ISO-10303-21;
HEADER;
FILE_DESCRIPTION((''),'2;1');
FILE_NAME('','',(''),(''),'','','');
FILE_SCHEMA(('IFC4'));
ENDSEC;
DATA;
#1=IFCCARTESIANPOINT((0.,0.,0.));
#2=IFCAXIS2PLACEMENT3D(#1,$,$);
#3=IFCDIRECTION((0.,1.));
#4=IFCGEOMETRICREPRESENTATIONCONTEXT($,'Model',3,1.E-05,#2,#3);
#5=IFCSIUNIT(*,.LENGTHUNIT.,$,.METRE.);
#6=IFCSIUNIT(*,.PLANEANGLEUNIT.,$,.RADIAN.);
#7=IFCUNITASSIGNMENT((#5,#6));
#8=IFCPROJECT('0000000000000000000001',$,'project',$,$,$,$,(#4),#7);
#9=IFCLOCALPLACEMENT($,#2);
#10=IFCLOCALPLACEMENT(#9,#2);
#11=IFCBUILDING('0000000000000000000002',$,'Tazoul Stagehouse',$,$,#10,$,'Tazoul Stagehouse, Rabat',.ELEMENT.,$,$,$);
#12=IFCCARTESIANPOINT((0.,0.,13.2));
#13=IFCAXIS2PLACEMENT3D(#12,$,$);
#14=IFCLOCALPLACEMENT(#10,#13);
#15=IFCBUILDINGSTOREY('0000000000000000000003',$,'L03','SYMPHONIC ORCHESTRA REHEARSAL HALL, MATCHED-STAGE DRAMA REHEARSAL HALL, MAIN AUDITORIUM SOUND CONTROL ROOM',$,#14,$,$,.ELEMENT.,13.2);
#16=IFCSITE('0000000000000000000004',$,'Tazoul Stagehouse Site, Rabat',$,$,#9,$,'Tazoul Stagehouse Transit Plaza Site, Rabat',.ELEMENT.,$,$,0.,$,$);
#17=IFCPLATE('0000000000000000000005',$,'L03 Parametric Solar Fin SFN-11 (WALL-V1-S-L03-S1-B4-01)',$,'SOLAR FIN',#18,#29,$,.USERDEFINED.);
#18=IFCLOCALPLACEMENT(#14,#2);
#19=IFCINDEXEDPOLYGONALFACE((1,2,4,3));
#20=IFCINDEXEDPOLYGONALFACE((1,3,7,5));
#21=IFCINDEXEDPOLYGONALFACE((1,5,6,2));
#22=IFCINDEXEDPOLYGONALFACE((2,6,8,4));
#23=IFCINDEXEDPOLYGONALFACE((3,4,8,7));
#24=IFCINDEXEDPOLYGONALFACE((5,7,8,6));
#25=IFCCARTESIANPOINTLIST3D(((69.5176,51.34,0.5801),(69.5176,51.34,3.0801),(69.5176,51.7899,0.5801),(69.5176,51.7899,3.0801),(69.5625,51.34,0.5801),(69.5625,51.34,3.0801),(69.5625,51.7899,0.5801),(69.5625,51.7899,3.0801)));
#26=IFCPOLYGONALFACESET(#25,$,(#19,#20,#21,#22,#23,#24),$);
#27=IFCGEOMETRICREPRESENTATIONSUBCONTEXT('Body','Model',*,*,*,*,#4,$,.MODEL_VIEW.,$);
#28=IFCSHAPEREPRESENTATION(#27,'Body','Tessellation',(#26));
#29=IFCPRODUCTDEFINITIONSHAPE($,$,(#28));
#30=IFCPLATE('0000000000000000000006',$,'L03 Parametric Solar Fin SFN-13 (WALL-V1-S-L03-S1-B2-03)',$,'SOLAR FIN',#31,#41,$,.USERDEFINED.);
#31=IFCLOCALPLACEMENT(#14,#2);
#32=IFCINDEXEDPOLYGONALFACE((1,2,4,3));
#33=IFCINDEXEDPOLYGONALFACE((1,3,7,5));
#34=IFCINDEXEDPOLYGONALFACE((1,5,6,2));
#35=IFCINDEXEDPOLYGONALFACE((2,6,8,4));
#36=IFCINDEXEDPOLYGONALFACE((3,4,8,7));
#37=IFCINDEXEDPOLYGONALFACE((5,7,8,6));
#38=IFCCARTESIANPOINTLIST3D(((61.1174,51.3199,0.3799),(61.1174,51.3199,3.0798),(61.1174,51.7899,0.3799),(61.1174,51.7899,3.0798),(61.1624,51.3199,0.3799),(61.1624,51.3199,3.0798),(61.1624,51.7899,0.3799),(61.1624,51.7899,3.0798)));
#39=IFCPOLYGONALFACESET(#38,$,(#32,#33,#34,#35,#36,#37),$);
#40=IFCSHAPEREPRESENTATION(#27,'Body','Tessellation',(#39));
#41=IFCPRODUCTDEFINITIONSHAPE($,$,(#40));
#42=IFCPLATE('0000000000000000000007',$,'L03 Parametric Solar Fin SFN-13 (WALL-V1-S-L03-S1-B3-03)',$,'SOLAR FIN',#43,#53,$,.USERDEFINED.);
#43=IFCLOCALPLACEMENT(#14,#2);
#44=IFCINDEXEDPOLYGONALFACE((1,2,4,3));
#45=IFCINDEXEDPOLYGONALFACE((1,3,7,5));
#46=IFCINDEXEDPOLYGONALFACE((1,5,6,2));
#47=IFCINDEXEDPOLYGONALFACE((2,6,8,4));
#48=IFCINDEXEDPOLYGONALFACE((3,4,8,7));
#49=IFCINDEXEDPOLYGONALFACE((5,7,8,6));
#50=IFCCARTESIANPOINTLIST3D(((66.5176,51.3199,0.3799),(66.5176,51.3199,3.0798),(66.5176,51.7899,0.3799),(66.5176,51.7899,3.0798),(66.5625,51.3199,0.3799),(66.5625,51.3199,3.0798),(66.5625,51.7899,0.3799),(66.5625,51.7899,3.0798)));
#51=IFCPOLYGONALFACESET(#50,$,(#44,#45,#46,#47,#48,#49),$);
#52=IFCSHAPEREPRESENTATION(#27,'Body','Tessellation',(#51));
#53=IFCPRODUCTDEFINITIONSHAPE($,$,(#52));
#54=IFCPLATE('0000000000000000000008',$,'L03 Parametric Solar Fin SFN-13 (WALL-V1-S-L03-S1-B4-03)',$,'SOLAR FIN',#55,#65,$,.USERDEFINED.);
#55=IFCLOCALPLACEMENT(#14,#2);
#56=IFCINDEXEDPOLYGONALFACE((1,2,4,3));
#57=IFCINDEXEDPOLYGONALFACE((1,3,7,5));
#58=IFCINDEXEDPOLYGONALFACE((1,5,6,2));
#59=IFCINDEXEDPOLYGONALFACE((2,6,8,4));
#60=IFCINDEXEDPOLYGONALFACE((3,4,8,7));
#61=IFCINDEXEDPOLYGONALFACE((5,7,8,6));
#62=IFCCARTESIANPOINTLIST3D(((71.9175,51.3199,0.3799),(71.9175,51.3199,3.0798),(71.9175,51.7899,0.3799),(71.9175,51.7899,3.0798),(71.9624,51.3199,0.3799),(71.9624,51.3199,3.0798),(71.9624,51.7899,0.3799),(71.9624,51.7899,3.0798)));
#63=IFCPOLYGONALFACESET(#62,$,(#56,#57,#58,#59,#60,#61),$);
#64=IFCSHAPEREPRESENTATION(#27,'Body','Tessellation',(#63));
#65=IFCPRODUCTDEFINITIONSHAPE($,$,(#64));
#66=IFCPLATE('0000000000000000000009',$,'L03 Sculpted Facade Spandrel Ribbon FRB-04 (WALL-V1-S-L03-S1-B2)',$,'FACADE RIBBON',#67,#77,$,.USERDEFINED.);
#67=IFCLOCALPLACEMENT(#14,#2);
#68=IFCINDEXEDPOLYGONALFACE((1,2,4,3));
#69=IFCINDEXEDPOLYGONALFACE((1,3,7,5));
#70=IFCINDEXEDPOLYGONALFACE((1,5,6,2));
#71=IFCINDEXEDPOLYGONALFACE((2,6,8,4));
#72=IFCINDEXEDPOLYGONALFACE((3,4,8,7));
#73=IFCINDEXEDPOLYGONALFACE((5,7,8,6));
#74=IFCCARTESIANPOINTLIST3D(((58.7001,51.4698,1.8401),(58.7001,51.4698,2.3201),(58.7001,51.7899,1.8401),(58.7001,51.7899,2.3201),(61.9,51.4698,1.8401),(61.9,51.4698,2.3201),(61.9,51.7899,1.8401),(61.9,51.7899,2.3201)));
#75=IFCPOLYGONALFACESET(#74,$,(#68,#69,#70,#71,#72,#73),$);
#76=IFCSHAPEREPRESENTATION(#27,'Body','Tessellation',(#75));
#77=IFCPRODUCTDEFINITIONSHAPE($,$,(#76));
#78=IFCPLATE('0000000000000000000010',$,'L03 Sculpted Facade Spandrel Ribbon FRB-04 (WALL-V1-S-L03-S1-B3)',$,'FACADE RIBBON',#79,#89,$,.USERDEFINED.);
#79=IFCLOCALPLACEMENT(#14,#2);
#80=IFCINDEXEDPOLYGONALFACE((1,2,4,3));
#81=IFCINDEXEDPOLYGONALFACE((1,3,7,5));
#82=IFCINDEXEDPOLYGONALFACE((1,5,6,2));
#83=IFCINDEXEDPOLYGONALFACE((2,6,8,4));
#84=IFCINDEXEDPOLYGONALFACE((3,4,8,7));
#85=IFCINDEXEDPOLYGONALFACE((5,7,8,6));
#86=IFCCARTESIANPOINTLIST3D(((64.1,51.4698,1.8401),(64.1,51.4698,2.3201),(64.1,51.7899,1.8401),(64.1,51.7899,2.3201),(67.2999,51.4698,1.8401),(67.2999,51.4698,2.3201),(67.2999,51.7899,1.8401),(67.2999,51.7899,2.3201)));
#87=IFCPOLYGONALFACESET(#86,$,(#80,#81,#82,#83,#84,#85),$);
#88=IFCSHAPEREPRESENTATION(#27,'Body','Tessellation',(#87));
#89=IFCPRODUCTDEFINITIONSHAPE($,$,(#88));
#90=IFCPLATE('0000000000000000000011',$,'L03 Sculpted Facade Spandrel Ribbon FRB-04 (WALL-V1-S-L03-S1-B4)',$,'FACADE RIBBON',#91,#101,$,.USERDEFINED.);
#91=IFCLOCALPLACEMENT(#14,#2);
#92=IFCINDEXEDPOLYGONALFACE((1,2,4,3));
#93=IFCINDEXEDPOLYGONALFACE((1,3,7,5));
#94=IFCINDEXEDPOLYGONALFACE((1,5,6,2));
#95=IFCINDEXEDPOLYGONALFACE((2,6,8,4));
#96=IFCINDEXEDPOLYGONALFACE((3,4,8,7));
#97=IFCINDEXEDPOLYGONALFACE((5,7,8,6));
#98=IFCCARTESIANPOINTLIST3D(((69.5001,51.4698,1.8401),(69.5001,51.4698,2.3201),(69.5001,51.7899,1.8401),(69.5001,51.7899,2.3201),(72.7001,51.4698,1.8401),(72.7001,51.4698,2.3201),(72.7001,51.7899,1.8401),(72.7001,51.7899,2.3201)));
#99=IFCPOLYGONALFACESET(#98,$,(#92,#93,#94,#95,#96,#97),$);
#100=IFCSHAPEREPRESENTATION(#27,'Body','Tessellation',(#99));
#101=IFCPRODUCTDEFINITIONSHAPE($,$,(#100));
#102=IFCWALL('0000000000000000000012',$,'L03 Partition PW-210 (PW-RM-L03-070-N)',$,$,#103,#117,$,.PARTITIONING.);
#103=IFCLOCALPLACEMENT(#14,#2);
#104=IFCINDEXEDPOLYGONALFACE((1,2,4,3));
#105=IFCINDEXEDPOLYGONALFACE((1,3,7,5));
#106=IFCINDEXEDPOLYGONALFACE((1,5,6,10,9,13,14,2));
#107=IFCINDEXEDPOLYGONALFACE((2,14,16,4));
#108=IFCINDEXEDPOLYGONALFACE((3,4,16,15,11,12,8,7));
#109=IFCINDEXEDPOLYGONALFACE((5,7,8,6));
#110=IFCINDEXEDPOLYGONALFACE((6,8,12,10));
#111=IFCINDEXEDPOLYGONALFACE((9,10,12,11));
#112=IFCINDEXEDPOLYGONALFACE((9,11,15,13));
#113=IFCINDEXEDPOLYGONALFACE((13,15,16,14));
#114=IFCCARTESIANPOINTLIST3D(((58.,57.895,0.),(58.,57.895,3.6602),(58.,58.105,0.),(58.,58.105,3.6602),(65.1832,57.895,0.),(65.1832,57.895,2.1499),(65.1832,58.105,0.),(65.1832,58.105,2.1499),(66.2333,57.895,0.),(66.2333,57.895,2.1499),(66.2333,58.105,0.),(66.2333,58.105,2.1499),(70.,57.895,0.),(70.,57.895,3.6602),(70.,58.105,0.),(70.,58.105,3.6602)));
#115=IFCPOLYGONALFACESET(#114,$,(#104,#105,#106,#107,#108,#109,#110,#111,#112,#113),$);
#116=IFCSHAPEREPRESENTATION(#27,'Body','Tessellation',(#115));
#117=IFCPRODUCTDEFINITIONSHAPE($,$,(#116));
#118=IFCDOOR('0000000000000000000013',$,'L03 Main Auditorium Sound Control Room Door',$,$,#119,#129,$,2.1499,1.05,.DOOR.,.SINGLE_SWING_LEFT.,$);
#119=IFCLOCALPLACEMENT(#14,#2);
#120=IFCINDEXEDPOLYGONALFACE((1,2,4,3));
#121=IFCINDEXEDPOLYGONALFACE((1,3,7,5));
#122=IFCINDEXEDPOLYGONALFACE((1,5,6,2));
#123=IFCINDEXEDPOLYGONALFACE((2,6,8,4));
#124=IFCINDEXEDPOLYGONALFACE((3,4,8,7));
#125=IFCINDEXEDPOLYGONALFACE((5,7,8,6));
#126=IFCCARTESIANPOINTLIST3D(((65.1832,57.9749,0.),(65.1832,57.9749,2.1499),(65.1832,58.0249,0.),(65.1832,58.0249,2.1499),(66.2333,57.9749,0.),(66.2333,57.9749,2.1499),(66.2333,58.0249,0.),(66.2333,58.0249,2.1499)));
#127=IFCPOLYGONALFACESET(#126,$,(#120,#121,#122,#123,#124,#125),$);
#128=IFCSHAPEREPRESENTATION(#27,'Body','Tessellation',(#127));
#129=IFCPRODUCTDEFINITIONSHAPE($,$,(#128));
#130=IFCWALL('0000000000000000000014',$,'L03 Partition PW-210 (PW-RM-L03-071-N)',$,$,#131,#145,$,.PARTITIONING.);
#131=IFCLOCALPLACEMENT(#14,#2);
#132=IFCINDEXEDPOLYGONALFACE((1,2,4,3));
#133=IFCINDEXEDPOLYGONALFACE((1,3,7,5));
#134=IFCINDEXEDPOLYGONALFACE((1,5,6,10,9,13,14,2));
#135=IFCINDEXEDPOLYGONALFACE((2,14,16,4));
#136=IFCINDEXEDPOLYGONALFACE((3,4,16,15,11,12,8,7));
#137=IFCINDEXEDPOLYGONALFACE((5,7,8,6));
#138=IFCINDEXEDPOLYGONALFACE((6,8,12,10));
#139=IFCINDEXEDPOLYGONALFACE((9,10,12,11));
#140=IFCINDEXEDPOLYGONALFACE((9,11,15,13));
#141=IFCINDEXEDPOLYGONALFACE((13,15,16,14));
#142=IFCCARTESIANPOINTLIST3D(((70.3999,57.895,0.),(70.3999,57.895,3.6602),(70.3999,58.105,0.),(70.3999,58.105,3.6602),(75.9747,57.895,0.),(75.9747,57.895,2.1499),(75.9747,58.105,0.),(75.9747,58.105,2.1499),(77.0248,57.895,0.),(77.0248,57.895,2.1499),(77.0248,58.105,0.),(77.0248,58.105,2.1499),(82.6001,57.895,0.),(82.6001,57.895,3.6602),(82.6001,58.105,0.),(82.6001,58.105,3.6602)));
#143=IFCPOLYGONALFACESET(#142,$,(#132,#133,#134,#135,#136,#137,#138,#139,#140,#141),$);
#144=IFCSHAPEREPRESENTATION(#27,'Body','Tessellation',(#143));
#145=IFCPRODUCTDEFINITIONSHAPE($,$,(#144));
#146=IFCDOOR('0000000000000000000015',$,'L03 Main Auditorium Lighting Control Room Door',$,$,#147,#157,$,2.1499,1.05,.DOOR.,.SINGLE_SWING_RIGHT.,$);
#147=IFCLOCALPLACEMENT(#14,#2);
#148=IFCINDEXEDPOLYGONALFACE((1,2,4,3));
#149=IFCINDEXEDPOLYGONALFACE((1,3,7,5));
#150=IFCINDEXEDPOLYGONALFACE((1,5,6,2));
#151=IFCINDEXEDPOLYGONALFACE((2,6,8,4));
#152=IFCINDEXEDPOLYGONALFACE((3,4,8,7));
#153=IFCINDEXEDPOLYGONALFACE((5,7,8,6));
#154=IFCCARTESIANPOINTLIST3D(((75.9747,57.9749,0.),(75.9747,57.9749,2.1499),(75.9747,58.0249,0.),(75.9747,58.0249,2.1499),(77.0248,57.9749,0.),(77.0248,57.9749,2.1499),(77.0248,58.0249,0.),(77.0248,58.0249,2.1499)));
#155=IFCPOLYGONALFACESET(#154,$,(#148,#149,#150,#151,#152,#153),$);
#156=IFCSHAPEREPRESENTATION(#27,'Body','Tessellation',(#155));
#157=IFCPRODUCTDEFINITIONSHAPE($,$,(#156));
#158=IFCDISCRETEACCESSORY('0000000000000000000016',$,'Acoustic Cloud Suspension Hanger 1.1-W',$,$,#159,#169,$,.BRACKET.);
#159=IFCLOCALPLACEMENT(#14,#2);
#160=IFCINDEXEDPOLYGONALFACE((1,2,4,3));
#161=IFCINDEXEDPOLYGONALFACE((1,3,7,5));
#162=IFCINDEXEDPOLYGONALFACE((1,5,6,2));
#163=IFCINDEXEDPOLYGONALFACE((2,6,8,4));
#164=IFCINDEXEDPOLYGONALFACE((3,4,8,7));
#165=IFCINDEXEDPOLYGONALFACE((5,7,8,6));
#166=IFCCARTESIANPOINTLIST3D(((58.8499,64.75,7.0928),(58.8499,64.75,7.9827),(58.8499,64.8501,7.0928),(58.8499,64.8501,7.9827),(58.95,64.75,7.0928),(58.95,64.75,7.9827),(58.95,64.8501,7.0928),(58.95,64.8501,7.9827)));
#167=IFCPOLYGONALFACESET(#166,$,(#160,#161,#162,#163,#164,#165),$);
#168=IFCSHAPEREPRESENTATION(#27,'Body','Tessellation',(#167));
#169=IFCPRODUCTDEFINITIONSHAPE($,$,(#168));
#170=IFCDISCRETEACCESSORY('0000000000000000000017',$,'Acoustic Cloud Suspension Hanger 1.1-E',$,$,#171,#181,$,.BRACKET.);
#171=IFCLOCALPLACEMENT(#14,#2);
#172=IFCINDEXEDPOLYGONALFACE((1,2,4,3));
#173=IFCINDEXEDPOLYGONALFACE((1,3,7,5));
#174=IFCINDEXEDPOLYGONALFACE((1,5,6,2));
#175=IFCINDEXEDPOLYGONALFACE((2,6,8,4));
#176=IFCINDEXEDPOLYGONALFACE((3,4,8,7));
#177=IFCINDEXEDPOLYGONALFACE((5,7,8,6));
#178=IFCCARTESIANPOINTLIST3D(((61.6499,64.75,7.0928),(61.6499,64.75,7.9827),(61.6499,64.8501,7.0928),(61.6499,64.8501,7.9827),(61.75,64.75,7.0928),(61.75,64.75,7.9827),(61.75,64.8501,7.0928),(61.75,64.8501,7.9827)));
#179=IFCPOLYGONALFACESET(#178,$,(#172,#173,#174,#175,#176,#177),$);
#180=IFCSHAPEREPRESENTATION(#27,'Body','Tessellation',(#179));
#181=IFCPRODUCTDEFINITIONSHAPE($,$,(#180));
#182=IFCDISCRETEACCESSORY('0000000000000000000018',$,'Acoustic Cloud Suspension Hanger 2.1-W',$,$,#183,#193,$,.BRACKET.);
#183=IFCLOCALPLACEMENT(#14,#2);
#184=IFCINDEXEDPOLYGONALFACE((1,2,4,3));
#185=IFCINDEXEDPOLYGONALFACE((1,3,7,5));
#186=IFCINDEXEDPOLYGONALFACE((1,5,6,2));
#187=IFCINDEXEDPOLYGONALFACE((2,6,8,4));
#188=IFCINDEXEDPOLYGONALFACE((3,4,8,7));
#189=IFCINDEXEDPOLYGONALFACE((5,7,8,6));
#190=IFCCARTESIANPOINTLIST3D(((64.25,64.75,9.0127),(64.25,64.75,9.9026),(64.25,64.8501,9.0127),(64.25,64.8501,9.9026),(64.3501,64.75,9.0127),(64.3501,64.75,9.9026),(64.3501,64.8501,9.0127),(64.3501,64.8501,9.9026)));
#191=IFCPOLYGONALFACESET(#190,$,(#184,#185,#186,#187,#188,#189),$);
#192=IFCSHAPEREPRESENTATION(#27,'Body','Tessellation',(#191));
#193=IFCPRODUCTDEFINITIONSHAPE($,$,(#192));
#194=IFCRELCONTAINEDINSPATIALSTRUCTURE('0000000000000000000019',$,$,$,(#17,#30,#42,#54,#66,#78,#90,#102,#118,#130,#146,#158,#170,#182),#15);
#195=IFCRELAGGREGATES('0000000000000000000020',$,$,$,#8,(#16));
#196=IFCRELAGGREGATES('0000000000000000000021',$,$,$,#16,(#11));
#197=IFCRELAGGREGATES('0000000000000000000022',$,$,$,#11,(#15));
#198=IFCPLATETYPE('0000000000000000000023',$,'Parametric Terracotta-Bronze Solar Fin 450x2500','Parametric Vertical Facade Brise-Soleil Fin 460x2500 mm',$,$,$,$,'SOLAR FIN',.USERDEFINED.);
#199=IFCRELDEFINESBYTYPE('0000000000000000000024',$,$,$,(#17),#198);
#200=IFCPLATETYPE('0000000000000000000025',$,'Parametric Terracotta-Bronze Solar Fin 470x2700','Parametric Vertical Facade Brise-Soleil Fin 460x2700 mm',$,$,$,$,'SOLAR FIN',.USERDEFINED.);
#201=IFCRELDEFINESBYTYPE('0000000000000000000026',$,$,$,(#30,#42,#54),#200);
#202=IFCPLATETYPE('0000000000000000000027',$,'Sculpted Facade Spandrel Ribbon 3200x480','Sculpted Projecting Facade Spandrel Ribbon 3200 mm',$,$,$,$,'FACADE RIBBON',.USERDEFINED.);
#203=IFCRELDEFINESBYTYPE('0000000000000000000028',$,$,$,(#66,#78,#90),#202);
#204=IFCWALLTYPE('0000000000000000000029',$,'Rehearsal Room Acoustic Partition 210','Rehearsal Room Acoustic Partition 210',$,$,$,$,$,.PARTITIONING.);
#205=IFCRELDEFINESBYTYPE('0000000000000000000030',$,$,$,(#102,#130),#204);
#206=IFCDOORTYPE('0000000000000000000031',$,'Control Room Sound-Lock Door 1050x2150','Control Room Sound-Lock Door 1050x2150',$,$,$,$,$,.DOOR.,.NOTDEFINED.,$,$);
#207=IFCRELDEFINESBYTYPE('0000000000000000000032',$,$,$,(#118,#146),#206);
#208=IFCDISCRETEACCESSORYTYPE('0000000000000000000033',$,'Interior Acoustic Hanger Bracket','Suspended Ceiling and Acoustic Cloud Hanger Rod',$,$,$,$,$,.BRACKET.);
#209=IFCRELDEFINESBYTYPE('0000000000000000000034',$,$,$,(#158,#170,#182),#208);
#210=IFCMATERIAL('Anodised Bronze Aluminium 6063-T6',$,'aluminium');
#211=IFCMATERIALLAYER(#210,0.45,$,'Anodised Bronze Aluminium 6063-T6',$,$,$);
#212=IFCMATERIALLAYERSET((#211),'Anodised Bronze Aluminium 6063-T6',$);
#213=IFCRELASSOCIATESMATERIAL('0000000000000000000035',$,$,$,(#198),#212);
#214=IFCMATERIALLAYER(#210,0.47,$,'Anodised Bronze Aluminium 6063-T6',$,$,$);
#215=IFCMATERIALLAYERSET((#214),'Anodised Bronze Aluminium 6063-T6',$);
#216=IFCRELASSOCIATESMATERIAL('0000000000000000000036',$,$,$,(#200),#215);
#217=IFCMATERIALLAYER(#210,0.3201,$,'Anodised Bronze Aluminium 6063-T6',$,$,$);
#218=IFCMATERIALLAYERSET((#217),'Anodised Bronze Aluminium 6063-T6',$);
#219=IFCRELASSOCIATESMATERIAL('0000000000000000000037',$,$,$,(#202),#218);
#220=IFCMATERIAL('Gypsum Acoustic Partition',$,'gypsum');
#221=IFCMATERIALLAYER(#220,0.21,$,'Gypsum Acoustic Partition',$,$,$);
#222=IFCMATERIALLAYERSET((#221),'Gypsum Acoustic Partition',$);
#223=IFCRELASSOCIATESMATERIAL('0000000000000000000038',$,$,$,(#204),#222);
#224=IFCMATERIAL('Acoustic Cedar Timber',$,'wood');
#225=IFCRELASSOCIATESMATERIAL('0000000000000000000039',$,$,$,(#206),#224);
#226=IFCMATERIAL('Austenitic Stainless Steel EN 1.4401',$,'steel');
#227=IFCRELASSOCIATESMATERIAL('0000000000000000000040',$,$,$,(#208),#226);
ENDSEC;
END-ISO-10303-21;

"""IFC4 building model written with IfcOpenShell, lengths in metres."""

from ifc_helpers import new_model, si_unit, direction, frame, frame_2d, origin, origin_2d, place, context, subcontext, project, spatial, rectangle, extrude, material, layer, layer_set, type_object, element, fill, save


model = new_model("IFC4")

# Units and contexts
model_context = context("Model", 3, precision=1e-05, world=origin(), true_north=direction((0.0, 1.0)))
body_context = subcontext(model_context, "Body", "Model", "MODEL_VIEW")
ifc_project = project(units=[si_unit("LENGTHUNIT", "METRE"), si_unit("PLANEANGLEUNIT", "RADIAN")], contexts=[model_context])

# Site, building, storey
site_placement = place(None, origin())
site = spatial("IfcSite", under=ifc_project, at=site_placement, Name="Tazoul Stagehouse Site, Rabat", LongName="Tazoul Stagehouse Transit Plaza Site, Rabat", CompositionType="ELEMENT", RefElevation=0.0)
building_placement = place(site_placement, origin())
building = spatial("IfcBuilding", under=site, at=building_placement, Name="Tazoul Stagehouse", LongName="Tazoul Stagehouse, Rabat", CompositionType="ELEMENT")
storey_placement = place(building_placement, frame((0.0, 0.0, 13.2)))
storey = spatial("IfcBuildingStorey", under=building, at=storey_placement, Name="L03", Description="SYMPHONIC ORCHESTRA REHEARSAL HALL, MATCHED-STAGE DRAMA REHEARSAL HALL, MAIN AUDITORIUM SOUND CONTROL ROOM", CompositionType="ELEMENT", Elevation=13.2)

# Plates
ifc_material_1 = material(Name="Acoustic Cedar Timber", Category="wood")
ifc_material_2 = material(Name="Anodised Bronze Aluminium 6063-T6", Category="aluminium")
ifc_layer_1 = layer(ifc_material_2, 0.45, Name="Anodised Bronze Aluminium 6063-T6")
ifc_layer_set_1 = layer_set([ifc_layer_1], Name="Anodised Bronze Aluminium 6063-T6")
plate_type_1 = type_object("IfcPlateType", Name="Parametric Terracotta-Bronze Solar Fin 450x2500", Description="Parametric Vertical Facade Brise-Soleil Fin 460x2500 mm", ElementType="SOLAR FIN", PredefinedType="USERDEFINED", material=ifc_layer_set_1)
for number, where, z_axis, x_axis, name in (
    (1, (69.54, 51.5649, 0.5801), (0.0, 0.0, 1.0), (1.0, 0.0, 0.0), "L03 Parametric Solar Fin SFN-11 (WALL-V1-S-L03-S1-B4-01)"),
):
    element("IfcPlate", number, at=place(storey_placement, frame(where, z_axis=z_axis, x_axis=x_axis)), inside=storey, type_object=plate_type_1, Name=name, ObjectType="SOLAR FIN", PredefinedType="USERDEFINED", context=body_context, shape_type="SweptSolid", body=[
        extrude(rectangle(XDim=0.0449, YDim=0.45, at=origin_2d()), origin(), (0.0, 0.0, 1.0), 2.5),
    ])
ifc_layer_2 = layer(ifc_material_2, 0.47, Name="Anodised Bronze Aluminium 6063-T6")
ifc_layer_set_2 = layer_set([ifc_layer_2], Name="Anodised Bronze Aluminium 6063-T6")
plate_type_2 = type_object("IfcPlateType", Name="Parametric Terracotta-Bronze Solar Fin 470x2700", Description="Parametric Vertical Facade Brise-Soleil Fin 460x2700 mm", ElementType="SOLAR FIN", PredefinedType="USERDEFINED", material=ifc_layer_set_2)
for number, where, z_axis, x_axis, name in (
    (2, (61.1399, 51.5549, 0.3799), (0.0, 0.0, 1.0), (1.0, 0.0, 0.0), "L03 Parametric Solar Fin SFN-13 (WALL-V1-S-L03-S1-B2-03)"),
    (3, (66.54, 51.5549, 0.3799), (0.0, 0.0, 1.0), (1.0, 0.0, 0.0), "L03 Parametric Solar Fin SFN-13 (WALL-V1-S-L03-S1-B3-03)"),
    (4, (71.9399, 51.5549, 0.3799), (0.0, 0.0, 1.0), (1.0, 0.0, 0.0), "L03 Parametric Solar Fin SFN-13 (WALL-V1-S-L03-S1-B4-03)"),
):
    element("IfcPlate", number, at=place(storey_placement, frame(where, z_axis=z_axis, x_axis=x_axis)), inside=storey, type_object=plate_type_2, Name=name, ObjectType="SOLAR FIN", PredefinedType="USERDEFINED", context=body_context, shape_type="SweptSolid", body=[
        extrude(rectangle(XDim=0.0449, YDim=0.47, at=origin_2d()), origin(), (0.0, 0.0, 1.0), 2.7),
    ])
ifc_layer_3 = layer(ifc_material_2, 0.3201, Name="Anodised Bronze Aluminium 6063-T6")
ifc_layer_set_3 = layer_set([ifc_layer_3], Name="Anodised Bronze Aluminium 6063-T6")
plate_type_3 = type_object("IfcPlateType", Name="Sculpted Facade Spandrel Ribbon 3200x480", Description="Sculpted Projecting Facade Spandrel Ribbon 3200 mm", ElementType="FACADE RIBBON", PredefinedType="USERDEFINED", material=ifc_layer_set_3)
for number, where, z_axis, x_axis, name in (
    (5, (60.3, 51.6299, 1.8401), (0.0, 0.0, 1.0), (1.0, 0.0, 0.0), "L03 Sculpted Facade Spandrel Ribbon FRB-04 (WALL-V1-S-L03-S1-B2)"),
    (6, (65.7, 51.6299, 1.8401), (0.0, 0.0, 1.0), (1.0, 0.0, 0.0), "L03 Sculpted Facade Spandrel Ribbon FRB-04 (WALL-V1-S-L03-S1-B3)"),
    (7, (71.1001, 51.6299, 1.8401), (0.0, 0.0, 1.0), (1.0, 0.0, 0.0), "L03 Sculpted Facade Spandrel Ribbon FRB-04 (WALL-V1-S-L03-S1-B4)"),
):
    element("IfcPlate", number, at=place(storey_placement, frame(where, z_axis=z_axis, x_axis=x_axis)), inside=storey, type_object=plate_type_3, Name=name, ObjectType="FACADE RIBBON", PredefinedType="USERDEFINED", context=body_context, shape_type="SweptSolid", body=[
        extrude(rectangle(XDim=3.2, YDim=0.3201, at=origin_2d()), origin(), (0.0, 0.0, 1.0), 0.48),
    ])

# Walls, openings, doors
ifc_material_3 = material(Name="Gypsum Acoustic Partition", Category="gypsum")
ifc_layer_4 = layer(ifc_material_3, 0.21, Name="Gypsum Acoustic Partition")
ifc_layer_set_4 = layer_set([ifc_layer_4], Name="Gypsum Acoustic Partition")
wall_type = type_object("IfcWallType", Name="Rehearsal Room Acoustic Partition 210", Description="Rehearsal Room Acoustic Partition 210", PredefinedType="PARTITIONING", material=ifc_layer_set_4)
wall_1_placement = place(storey_placement, frame((58.0, 58.0, 0.0), z_axis=(0.0, 0.0, 1.0), x_axis=(1.0, 0.0, 0.0)))
wall_1 = element("IfcWall", 8, at=wall_1_placement, inside=storey, type_object=wall_type, Name="L03 Partition PW-210 (PW-RM-L03-070-N)", PredefinedType="PARTITIONING", context=body_context, shape_type="SweptSolid", body=[
    extrude(rectangle(XDim=12.0, YDim=0.21, at=frame_2d((6.0, 0.0))), origin(), (0.0, 0.0, 1.0), 3.6602),
])
opening_1_placement = place(wall_1_placement, frame((7.1833, 0.0, 0.0)))
opening_1 = element("IfcOpeningElement", 9, at=opening_1_placement, cuts=wall_1, PredefinedType="OPENING", context=body_context, shape_type="SweptSolid", body=[
    extrude(rectangle(XDim=1.05, YDim=2.1499, at=frame_2d((0.5249, 1.075))), frame((0.0, 0.125, 0.0), z_axis=(0.0, -1.0, 0.0), x_axis=(1.0, 0.0, 0.0)), (0.0, 0.0, 1.0), 0.25),
])
door_type = type_object("IfcDoorType", Name="Control Room Sound-Lock Door 1050x2150", Description="Control Room Sound-Lock Door 1050x2150", OperationType="NOTDEFINED", PredefinedType="DOOR", material=ifc_material_1)
door_1_placement = place(opening_1_placement, origin())
door_1 = element("IfcDoor", 10, at=door_1_placement, inside=storey, type_object=door_type, Name="L03 Main Auditorium Sound Control Room Door", OperationType="SINGLE_SWING_LEFT", OverallHeight=2.1499, OverallWidth=1.05, PredefinedType="DOOR", context=body_context, shape_type="SweptSolid", body=[
    extrude(rectangle(XDim=1.05, YDim=2.1499, at=frame_2d((0.5249, 1.075))), frame((0.0, 0.0249, 0.0), z_axis=(0.0, -1.0, 0.0), x_axis=(1.0, 0.0, 0.0)), (0.0, 0.0, 1.0), 0.05),
])
fill(opening_1, door_1)
wall_2_placement = place(storey_placement, frame((70.3999, 58.0, 0.0), z_axis=(0.0, 0.0, 1.0), x_axis=(1.0, 0.0, 0.0)))
wall_2 = element("IfcWall", 11, at=wall_2_placement, inside=storey, type_object=wall_type, Name="L03 Partition PW-210 (PW-RM-L03-071-N)", PredefinedType="PARTITIONING", context=body_context, shape_type="SweptSolid", body=[
    extrude(rectangle(XDim=12.2002, YDim=0.21, at=frame_2d((6.1001, 0.0))), origin(), (0.0, 0.0, 1.0), 3.6602),
])
opening_2_placement = place(wall_2_placement, frame((5.575, 0.0, 0.0)))
opening_2 = element("IfcOpeningElement", 12, at=opening_2_placement, cuts=wall_2, PredefinedType="OPENING", context=body_context, shape_type="SweptSolid", body=[
    extrude(rectangle(XDim=1.05, YDim=2.1499, at=frame_2d((0.5249, 1.075))), frame((0.0, 0.125, 0.0), z_axis=(0.0, -1.0, 0.0), x_axis=(1.0, 0.0, 0.0)), (0.0, 0.0, 1.0), 0.25),
])
door_2_placement = place(opening_2_placement, origin())
door_2 = element("IfcDoor", 13, at=door_2_placement, inside=storey, type_object=door_type, Name="L03 Main Auditorium Lighting Control Room Door", OperationType="SINGLE_SWING_RIGHT", OverallHeight=2.1499, OverallWidth=1.05, PredefinedType="DOOR", context=body_context, shape_type="SweptSolid", body=[
    extrude(rectangle(XDim=1.05, YDim=2.1499, at=frame_2d((0.5249, 1.075))), frame((0.0, 0.0249, 0.0), z_axis=(0.0, -1.0, 0.0), x_axis=(1.0, 0.0, 0.0)), (0.0, 0.0, 1.0), 0.05),
])
fill(opening_2, door_2)

# Discrete accessories
ifc_material_4 = material(Name="Austenitic Stainless Steel EN 1.4401", Category="steel")
discrete_accessory_type = type_object("IfcDiscreteAccessoryType", Name="Interior Acoustic Hanger Bracket", Description="Suspended Ceiling and Acoustic Cloud Hanger Rod", PredefinedType="BRACKET", material=ifc_material_4)
for number, where, z_axis, x_axis, name in (
    (14, (58.8999, 64.8, 7.0928), (0.0, 0.0, 1.0), (1.0, 0.0, 0.0), "Acoustic Cloud Suspension Hanger 1.1-W"),
    (15, (61.7, 64.8, 7.0928), (0.0, 0.0, 1.0), (1.0, 0.0, 0.0), "Acoustic Cloud Suspension Hanger 1.1-E"),
    (16, (64.3, 64.8, 9.0127), (0.0, 0.0, 1.0), (1.0, 0.0, 0.0), "Acoustic Cloud Suspension Hanger 2.1-W"),
):
    element("IfcDiscreteAccessory", number, at=place(storey_placement, frame(where, z_axis=z_axis, x_axis=x_axis)), inside=storey, type_object=discrete_accessory_type, Name=name, PredefinedType="BRACKET", context=body_context, shape_type="SweptSolid", body=[
        extrude(rectangle(XDim=0.1001, YDim=0.1001, at=origin_2d()), origin(), (0.0, 0.0, 1.0), 0.8899),
    ])

save(model, "model.ifc")
